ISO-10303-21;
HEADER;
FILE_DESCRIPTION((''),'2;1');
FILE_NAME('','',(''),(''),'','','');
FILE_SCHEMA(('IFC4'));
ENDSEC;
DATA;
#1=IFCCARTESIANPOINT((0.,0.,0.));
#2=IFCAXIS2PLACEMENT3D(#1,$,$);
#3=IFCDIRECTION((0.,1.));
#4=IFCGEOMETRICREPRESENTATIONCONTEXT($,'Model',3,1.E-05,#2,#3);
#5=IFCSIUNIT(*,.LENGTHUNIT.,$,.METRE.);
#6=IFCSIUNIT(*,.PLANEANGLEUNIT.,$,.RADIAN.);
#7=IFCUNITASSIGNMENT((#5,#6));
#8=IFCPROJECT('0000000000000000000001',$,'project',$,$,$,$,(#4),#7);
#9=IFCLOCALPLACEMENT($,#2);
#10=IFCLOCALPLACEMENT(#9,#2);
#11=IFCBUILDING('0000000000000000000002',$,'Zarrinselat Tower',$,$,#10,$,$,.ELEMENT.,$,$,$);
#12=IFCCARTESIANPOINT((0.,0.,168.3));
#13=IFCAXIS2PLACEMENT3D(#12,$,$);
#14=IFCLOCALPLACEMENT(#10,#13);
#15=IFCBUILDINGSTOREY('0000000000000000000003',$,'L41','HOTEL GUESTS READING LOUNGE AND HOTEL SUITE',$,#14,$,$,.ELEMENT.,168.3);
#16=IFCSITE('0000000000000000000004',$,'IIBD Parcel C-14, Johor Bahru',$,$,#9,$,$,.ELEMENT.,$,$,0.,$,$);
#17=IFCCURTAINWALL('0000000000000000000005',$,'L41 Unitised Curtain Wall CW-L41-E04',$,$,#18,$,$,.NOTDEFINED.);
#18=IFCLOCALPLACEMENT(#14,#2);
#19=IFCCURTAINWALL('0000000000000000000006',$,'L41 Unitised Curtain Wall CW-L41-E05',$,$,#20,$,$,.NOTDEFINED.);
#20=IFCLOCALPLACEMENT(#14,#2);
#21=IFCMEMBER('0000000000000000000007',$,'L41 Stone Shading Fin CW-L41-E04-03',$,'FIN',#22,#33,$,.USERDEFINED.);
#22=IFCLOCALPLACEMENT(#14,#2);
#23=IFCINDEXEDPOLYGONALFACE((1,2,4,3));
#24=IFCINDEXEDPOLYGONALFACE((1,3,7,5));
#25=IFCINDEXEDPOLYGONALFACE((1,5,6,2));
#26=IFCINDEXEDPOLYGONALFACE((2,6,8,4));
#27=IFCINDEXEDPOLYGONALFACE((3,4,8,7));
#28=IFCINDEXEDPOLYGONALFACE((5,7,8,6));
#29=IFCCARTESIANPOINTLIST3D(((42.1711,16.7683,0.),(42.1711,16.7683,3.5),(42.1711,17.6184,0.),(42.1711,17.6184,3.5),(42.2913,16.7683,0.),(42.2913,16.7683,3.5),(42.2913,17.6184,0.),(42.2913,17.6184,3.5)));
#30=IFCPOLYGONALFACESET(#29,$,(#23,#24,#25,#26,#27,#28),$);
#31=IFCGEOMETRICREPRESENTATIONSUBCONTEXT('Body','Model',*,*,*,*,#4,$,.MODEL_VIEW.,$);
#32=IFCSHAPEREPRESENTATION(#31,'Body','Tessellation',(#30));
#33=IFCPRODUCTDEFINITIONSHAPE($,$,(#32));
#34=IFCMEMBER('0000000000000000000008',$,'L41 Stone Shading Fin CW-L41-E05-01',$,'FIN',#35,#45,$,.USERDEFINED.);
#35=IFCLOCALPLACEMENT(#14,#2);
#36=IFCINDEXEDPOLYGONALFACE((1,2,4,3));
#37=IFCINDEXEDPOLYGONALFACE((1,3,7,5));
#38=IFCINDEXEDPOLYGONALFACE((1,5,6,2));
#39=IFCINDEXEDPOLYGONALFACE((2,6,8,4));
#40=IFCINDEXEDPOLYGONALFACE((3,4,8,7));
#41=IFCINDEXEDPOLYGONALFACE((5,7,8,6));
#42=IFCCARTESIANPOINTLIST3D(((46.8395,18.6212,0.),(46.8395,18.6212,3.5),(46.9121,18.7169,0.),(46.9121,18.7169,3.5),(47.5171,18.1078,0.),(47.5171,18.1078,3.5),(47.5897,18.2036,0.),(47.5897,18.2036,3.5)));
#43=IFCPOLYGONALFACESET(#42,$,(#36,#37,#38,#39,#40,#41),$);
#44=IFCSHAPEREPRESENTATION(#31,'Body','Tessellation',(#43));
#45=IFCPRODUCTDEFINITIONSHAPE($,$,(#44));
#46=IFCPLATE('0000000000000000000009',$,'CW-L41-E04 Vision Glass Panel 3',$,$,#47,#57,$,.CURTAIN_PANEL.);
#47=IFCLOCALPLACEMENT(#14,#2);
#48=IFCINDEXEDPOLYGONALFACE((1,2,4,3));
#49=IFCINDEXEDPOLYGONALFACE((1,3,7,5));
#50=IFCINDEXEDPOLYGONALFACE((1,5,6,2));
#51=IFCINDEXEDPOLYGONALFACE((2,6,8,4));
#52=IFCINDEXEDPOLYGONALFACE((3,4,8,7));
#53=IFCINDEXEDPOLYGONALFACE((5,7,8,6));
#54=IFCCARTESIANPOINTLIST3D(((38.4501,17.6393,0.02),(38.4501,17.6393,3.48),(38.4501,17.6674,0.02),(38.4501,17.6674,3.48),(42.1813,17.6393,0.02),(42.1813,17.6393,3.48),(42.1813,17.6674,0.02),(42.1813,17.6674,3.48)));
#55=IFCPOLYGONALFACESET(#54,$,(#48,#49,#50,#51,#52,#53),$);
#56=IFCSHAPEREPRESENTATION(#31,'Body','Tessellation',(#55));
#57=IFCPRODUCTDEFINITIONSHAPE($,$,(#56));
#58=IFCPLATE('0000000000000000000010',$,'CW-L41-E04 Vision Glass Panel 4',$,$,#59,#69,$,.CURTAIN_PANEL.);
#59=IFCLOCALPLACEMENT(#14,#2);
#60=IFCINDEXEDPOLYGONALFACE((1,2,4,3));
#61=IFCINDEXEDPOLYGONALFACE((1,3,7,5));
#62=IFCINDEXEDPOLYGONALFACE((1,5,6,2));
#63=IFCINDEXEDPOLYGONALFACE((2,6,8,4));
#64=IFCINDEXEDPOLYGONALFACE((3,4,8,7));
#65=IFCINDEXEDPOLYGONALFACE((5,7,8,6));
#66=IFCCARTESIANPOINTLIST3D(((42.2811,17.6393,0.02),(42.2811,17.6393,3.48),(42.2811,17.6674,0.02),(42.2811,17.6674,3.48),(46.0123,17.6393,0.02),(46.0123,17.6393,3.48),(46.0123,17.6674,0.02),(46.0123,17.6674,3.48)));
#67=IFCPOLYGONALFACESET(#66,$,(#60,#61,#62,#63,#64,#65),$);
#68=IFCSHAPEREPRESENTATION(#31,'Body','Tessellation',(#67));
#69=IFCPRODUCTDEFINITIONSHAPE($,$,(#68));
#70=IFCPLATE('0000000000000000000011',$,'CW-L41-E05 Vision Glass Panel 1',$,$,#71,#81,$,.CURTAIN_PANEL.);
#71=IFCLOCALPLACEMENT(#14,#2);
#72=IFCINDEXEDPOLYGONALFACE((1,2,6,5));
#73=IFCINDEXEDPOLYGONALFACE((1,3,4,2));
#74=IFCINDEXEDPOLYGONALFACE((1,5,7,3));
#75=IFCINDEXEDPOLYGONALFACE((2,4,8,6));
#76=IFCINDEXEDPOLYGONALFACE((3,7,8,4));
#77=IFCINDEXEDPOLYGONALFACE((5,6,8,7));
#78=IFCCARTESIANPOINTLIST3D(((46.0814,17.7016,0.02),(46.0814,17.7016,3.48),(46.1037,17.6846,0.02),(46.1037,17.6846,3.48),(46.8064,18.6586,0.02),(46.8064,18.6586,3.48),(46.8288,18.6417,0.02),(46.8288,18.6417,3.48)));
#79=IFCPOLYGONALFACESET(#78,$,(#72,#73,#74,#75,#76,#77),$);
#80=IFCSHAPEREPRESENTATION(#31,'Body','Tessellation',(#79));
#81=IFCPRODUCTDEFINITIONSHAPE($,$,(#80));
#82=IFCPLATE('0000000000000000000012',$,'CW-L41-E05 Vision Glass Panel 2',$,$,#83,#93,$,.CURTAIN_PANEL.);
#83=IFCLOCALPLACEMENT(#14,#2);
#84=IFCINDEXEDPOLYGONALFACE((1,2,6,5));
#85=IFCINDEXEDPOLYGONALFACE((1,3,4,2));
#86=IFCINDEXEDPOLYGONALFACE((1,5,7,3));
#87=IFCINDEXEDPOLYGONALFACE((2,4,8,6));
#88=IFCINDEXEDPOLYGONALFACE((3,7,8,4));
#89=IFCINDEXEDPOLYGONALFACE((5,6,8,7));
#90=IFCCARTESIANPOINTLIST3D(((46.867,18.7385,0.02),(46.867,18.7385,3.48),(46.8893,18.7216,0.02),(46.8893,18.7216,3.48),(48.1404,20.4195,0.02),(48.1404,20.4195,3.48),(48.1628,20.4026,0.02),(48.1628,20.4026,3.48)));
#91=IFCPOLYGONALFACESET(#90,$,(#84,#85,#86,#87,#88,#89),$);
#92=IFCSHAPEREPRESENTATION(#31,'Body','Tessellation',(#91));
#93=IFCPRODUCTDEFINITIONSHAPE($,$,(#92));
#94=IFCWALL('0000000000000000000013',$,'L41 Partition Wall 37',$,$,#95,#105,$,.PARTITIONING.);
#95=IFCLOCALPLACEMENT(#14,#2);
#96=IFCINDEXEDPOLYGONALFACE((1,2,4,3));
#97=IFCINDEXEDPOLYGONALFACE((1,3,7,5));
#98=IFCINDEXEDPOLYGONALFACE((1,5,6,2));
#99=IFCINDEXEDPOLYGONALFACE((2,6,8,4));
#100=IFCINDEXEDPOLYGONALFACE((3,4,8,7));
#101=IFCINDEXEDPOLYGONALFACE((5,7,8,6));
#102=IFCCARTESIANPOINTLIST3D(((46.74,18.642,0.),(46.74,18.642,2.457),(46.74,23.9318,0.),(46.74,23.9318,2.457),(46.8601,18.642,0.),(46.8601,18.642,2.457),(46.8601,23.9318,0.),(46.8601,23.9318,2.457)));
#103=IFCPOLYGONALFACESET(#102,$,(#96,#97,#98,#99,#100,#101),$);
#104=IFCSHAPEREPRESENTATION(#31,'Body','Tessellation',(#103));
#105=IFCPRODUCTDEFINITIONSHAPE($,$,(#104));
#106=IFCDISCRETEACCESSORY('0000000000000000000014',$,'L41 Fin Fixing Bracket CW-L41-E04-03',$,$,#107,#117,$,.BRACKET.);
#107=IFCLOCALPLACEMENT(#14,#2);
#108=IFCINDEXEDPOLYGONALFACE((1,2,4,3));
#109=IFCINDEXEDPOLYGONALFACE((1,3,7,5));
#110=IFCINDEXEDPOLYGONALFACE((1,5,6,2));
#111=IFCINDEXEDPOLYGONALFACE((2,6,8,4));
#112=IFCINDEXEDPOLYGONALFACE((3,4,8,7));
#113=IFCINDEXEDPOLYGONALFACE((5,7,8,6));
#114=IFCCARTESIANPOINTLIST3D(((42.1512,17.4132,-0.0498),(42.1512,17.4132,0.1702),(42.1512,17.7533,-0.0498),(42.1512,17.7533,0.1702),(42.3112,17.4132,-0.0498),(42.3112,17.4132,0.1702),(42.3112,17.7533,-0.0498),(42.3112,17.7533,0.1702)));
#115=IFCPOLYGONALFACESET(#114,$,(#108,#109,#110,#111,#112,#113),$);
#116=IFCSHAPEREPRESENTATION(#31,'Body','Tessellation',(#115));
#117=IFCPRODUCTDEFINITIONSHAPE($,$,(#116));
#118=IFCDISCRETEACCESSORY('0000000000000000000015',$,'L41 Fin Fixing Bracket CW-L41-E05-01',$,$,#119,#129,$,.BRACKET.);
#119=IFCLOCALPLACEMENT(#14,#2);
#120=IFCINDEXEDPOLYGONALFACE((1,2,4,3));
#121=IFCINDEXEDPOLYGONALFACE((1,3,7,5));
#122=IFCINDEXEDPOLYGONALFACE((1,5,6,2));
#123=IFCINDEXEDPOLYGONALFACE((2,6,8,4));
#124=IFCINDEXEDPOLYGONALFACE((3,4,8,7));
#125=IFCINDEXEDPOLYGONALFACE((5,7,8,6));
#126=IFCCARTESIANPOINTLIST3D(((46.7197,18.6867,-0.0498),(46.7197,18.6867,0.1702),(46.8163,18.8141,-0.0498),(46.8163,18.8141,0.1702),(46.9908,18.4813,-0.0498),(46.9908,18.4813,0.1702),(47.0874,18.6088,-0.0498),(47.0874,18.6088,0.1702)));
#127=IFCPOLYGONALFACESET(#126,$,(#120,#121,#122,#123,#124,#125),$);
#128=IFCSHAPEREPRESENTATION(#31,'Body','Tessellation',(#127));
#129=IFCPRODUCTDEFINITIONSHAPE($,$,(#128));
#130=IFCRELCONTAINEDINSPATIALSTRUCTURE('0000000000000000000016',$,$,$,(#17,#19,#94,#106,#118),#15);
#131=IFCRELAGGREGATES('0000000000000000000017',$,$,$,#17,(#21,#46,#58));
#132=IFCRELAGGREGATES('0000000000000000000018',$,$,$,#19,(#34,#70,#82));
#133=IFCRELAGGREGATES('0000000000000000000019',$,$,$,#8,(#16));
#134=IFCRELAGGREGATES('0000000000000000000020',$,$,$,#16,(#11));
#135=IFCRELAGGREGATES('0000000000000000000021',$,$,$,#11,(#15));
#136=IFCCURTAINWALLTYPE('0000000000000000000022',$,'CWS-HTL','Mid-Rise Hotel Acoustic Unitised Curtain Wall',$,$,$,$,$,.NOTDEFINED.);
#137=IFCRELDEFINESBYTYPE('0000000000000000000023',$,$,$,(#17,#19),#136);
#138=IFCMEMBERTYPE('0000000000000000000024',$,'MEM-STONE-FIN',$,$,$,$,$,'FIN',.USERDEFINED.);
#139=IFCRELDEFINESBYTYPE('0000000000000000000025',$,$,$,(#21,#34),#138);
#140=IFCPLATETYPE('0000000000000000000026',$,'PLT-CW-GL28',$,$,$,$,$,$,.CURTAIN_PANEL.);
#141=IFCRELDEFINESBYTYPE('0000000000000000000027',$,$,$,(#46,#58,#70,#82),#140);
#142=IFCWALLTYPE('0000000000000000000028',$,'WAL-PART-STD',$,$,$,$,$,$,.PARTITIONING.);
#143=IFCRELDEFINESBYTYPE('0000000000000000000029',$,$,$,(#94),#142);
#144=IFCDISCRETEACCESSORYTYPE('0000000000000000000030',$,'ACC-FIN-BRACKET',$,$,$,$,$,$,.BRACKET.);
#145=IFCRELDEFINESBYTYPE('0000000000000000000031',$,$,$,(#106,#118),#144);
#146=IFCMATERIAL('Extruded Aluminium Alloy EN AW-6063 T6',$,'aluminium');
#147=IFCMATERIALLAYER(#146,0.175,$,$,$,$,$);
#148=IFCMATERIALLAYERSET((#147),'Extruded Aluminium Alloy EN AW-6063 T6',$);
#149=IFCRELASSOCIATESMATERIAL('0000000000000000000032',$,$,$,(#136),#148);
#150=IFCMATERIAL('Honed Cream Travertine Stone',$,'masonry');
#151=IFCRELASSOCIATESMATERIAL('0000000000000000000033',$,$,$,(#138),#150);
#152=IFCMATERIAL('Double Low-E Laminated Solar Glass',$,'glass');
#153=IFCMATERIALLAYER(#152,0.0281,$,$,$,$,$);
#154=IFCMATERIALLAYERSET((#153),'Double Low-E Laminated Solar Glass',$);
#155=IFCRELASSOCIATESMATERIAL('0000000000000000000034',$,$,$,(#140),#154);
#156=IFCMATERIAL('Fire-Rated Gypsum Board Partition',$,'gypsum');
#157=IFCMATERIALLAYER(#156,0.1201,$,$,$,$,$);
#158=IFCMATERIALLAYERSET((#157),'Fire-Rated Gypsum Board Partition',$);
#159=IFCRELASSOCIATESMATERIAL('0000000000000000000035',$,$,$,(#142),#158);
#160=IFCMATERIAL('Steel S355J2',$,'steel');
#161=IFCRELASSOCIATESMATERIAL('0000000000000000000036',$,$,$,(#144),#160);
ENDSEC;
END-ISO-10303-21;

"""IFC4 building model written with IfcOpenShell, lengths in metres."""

from ifc_helpers import new_model, si_unit, direction, frame, frame_2d, origin, origin_2d, place, context, subcontext, project, spatial, rectangle, extrude, material, layer, layer_set, material_profile, profile_set, type_object, element, aggregate, save


model = new_model("IFC4")

# Units and contexts
model_context = context("Model", 3, precision=1e-05, world=origin(), true_north=direction((0.0, 1.0)))
body_context = subcontext(model_context, "Body", "Model", "MODEL_VIEW")
ifc_project = project(units=[si_unit("LENGTHUNIT", "METRE"), si_unit("PLANEANGLEUNIT", "RADIAN")], contexts=[model_context])

# Site, building, storey
site_placement = place(None, origin())
site = spatial("IfcSite", under=ifc_project, at=site_placement, Name="IIBD Parcel C-14, Johor Bahru", CompositionType="ELEMENT", RefElevation=0.0)
building_placement = place(site_placement, origin())
building = spatial("IfcBuilding", under=site, at=building_placement, Name="Zarrinselat Tower", CompositionType="ELEMENT")
storey_placement = place(building_placement, frame((0.0, 0.0, 168.3)))
storey = spatial("IfcBuildingStorey", under=building, at=storey_placement, Name="L41", Description="HOTEL GUESTS READING LOUNGE AND HOTEL SUITE", CompositionType="ELEMENT", Elevation=168.3)

# Curtain walls
ifc_material_1 = material(Name="Extruded Aluminium Alloy EN AW-6063 T6", Category="aluminium")
ifc_layer_1 = layer(ifc_material_1, 0.175)
ifc_layer_set_1 = layer_set([ifc_layer_1], Name="Extruded Aluminium Alloy EN AW-6063 T6")
curtain_wall_type = type_object("IfcCurtainWallType", Name="CWS-HTL", Description="Mid-Rise Hotel Acoustic Unitised Curtain Wall", PredefinedType="NOTDEFINED", material=ifc_layer_set_1)
curtain_wall_1_placement = place(storey_placement, origin())
curtain_wall_1 = element("IfcCurtainWall", 1, at=curtain_wall_1_placement, inside=storey, type_object=curtain_wall_type, Name="L41 Unitised Curtain Wall CW-L41-E04", PredefinedType="NOTDEFINED")
curtain_wall_2_placement = place(storey_placement, origin())
curtain_wall_2 = element("IfcCurtainWall", 2, at=curtain_wall_2_placement, inside=storey, type_object=curtain_wall_type, Name="L41 Unitised Curtain Wall CW-L41-E05", PredefinedType="NOTDEFINED")

# Members
ifc_material_2 = material(Name="Honed Cream Travertine Stone", Category="masonry")
ifc_material_profile_1 = material_profile(ifc_material_2, rectangle(XDim=0.1201, YDim=0.8501, at=origin_2d()), Name="FIN 850x120")
ifc_profile_set_1 = profile_set([ifc_material_profile_1], Name="Honed Cream Travertine Stone")
member_type_1 = type_object("IfcMemberType", Name="MEM-STONE-FIN", ElementType="FIN", PredefinedType="USERDEFINED", material=ifc_profile_set_1)
member_1_placement = place(storey_placement, frame((42.2312, 17.1934, 0.0), z_axis=(0.0, 0.0, 1.0), x_axis=(-1.0, 0.0, 0.0)))
member_1 = element("IfcMember", 3, at=member_1_placement, type_object=member_type_1, Name="L41 Stone Shading Fin CW-L41-E04-03", ObjectType="FIN", PredefinedType="USERDEFINED", context=body_context, shape_type="SweptSolid", body=[
    extrude(rectangle(XDim=0.1201, YDim=0.8501, at=origin_2d()), origin(), (0.0, 0.0, 1.0), 3.5),
])
member_2_placement = place(storey_placement, frame((47.2146, 18.4124, 0.0), z_axis=(0.0, 0.0, 1.0), x_axis=(-0.603859, -0.797091, 0.0)))
member_2 = element("IfcMember", 4, at=member_2_placement, type_object=member_type_1, Name="L41 Stone Shading Fin CW-L41-E05-01", ObjectType="FIN", PredefinedType="USERDEFINED", context=body_context, shape_type="SweptSolid", body=[
    extrude(rectangle(XDim=0.1201, YDim=0.8501, at=origin_2d()), origin(), (0.0, 0.0, 1.0), 3.5),
])

# Plates
ifc_material_3 = material(Name="Double Low-E Laminated Solar Glass", Category="glass")
ifc_layer_2 = layer(ifc_material_3, 0.0281)
ifc_layer_set_2 = layer_set([ifc_layer_2], Name="Double Low-E Laminated Solar Glass")
plate_type = type_object("IfcPlateType", Name="PLT-CW-GL28", PredefinedType="CURTAIN_PANEL", material=ifc_layer_set_2)
plate_1_placement = place(storey_placement, frame((40.3157, 17.6533, 0.02), z_axis=(0.0, 0.0, 1.0), x_axis=(1.0, 0.0, 0.0)))
plate_1 = element("IfcPlate", 5, at=plate_1_placement, type_object=plate_type, Name="CW-L41-E04 Vision Glass Panel 3", PredefinedType="CURTAIN_PANEL", context=body_context, shape_type="SweptSolid", body=[
    extrude(rectangle(XDim=3.7312, YDim=0.0281, at=origin_2d()), origin(), (0.0, 0.0, 1.0), 3.46),
])
plate_2_placement = place(storey_placement, frame((44.1467, 17.6533, 0.02), z_axis=(0.0, 0.0, 1.0), x_axis=(1.0, 0.0, 0.0)))
plate_2 = element("IfcPlate", 6, at=plate_2_placement, type_object=plate_type, Name="CW-L41-E04 Vision Glass Panel 4", PredefinedType="CURTAIN_PANEL", context=body_context, shape_type="SweptSolid", body=[
    extrude(rectangle(XDim=3.7312, YDim=0.0281, at=origin_2d()), origin(), (0.0, 0.0, 1.0), 3.46),
])
aggregate(curtain_wall_1, [member_1, plate_1, plate_2])
plate_3_placement = place(storey_placement, frame((46.4551, 18.1716, 0.02), z_axis=(0.0, 0.0, 1.0), x_axis=(0.603859, 0.797091, 0.0)))
plate_3 = element("IfcPlate", 7, at=plate_3_placement, type_object=plate_type, Name="CW-L41-E05 Vision Glass Panel 1", PredefinedType="CURTAIN_PANEL", context=body_context, shape_type="SweptSolid", body=[
    extrude(rectangle(XDim=1.2007, YDim=0.0281, at=origin_2d()), origin(), (0.0, 0.0, 1.0), 3.46),
])
plate_4_placement = place(storey_placement, frame((47.5149, 19.5706, 0.02), z_axis=(0.0, 0.0, 1.0), x_axis=(0.603859, 0.797091, 0.0)))
plate_4 = element("IfcPlate", 8, at=plate_4_placement, type_object=plate_type, Name="CW-L41-E05 Vision Glass Panel 2", PredefinedType="CURTAIN_PANEL", context=body_context, shape_type="SweptSolid", body=[
    extrude(rectangle(XDim=2.1089, YDim=0.0281, at=origin_2d()), origin(), (0.0, 0.0, 1.0), 3.46),
])
aggregate(curtain_wall_2, [member_2, plate_3, plate_4])

# Wall
ifc_material_4 = material(Name="Fire-Rated Gypsum Board Partition", Category="gypsum")
ifc_layer_3 = layer(ifc_material_4, 0.1201)
ifc_layer_set_3 = layer_set([ifc_layer_3], Name="Fire-Rated Gypsum Board Partition")
wall_type = type_object("IfcWallType", Name="WAL-PART-STD", PredefinedType="PARTITIONING", material=ifc_layer_set_3)
wall_placement = place(storey_placement, frame((46.8, 18.6418, 0.0), z_axis=(0.0, 0.0, 1.0), x_axis=(0.0, 1.0, 0.0)))
element("IfcWall", 9, at=wall_placement, inside=storey, type_object=wall_type, Name="L41 Partition Wall 37", PredefinedType="PARTITIONING", context=body_context, shape_type="SweptSolid", body=[
    extrude(rectangle(XDim=5.2898, YDim=0.1201, at=frame_2d((2.645, 0.0))), origin(), (0.0, 0.0, 1.0), 2.457),
])

# Discrete accessories
ifc_material_5 = material(Name="Steel S355J2", Category="steel")
discrete_accessory_type = type_object("IfcDiscreteAccessoryType", Name="ACC-FIN-BRACKET", PredefinedType="BRACKET", material=ifc_material_5)
for number, where, z_axis, x_axis, name in (
    (10, (42.2312, 17.5833, -0.0498), (0.0, 0.0, 1.0), (0.0, -1.0, 0.0), "L41 Fin Fixing Bracket CW-L41-E04-03"),
    (11, (46.9036, 18.6477, -0.0498), (0.0, 0.0, 1.0), (0.797091, -0.603859, 0.0), "L41 Fin Fixing Bracket CW-L41-E05-01"),
):
    element("IfcDiscreteAccessory", number, at=place(storey_placement, frame(where, z_axis=z_axis, x_axis=x_axis)), inside=storey, type_object=discrete_accessory_type, Name=name, PredefinedType="BRACKET", context=body_context, shape_type="SweptSolid", body=[
        extrude(rectangle(XDim=0.3401, YDim=0.1599, at=origin_2d()), origin(), (0.0, 0.0, 1.0), 0.22),
    ])

save(model, "model.ifc")
